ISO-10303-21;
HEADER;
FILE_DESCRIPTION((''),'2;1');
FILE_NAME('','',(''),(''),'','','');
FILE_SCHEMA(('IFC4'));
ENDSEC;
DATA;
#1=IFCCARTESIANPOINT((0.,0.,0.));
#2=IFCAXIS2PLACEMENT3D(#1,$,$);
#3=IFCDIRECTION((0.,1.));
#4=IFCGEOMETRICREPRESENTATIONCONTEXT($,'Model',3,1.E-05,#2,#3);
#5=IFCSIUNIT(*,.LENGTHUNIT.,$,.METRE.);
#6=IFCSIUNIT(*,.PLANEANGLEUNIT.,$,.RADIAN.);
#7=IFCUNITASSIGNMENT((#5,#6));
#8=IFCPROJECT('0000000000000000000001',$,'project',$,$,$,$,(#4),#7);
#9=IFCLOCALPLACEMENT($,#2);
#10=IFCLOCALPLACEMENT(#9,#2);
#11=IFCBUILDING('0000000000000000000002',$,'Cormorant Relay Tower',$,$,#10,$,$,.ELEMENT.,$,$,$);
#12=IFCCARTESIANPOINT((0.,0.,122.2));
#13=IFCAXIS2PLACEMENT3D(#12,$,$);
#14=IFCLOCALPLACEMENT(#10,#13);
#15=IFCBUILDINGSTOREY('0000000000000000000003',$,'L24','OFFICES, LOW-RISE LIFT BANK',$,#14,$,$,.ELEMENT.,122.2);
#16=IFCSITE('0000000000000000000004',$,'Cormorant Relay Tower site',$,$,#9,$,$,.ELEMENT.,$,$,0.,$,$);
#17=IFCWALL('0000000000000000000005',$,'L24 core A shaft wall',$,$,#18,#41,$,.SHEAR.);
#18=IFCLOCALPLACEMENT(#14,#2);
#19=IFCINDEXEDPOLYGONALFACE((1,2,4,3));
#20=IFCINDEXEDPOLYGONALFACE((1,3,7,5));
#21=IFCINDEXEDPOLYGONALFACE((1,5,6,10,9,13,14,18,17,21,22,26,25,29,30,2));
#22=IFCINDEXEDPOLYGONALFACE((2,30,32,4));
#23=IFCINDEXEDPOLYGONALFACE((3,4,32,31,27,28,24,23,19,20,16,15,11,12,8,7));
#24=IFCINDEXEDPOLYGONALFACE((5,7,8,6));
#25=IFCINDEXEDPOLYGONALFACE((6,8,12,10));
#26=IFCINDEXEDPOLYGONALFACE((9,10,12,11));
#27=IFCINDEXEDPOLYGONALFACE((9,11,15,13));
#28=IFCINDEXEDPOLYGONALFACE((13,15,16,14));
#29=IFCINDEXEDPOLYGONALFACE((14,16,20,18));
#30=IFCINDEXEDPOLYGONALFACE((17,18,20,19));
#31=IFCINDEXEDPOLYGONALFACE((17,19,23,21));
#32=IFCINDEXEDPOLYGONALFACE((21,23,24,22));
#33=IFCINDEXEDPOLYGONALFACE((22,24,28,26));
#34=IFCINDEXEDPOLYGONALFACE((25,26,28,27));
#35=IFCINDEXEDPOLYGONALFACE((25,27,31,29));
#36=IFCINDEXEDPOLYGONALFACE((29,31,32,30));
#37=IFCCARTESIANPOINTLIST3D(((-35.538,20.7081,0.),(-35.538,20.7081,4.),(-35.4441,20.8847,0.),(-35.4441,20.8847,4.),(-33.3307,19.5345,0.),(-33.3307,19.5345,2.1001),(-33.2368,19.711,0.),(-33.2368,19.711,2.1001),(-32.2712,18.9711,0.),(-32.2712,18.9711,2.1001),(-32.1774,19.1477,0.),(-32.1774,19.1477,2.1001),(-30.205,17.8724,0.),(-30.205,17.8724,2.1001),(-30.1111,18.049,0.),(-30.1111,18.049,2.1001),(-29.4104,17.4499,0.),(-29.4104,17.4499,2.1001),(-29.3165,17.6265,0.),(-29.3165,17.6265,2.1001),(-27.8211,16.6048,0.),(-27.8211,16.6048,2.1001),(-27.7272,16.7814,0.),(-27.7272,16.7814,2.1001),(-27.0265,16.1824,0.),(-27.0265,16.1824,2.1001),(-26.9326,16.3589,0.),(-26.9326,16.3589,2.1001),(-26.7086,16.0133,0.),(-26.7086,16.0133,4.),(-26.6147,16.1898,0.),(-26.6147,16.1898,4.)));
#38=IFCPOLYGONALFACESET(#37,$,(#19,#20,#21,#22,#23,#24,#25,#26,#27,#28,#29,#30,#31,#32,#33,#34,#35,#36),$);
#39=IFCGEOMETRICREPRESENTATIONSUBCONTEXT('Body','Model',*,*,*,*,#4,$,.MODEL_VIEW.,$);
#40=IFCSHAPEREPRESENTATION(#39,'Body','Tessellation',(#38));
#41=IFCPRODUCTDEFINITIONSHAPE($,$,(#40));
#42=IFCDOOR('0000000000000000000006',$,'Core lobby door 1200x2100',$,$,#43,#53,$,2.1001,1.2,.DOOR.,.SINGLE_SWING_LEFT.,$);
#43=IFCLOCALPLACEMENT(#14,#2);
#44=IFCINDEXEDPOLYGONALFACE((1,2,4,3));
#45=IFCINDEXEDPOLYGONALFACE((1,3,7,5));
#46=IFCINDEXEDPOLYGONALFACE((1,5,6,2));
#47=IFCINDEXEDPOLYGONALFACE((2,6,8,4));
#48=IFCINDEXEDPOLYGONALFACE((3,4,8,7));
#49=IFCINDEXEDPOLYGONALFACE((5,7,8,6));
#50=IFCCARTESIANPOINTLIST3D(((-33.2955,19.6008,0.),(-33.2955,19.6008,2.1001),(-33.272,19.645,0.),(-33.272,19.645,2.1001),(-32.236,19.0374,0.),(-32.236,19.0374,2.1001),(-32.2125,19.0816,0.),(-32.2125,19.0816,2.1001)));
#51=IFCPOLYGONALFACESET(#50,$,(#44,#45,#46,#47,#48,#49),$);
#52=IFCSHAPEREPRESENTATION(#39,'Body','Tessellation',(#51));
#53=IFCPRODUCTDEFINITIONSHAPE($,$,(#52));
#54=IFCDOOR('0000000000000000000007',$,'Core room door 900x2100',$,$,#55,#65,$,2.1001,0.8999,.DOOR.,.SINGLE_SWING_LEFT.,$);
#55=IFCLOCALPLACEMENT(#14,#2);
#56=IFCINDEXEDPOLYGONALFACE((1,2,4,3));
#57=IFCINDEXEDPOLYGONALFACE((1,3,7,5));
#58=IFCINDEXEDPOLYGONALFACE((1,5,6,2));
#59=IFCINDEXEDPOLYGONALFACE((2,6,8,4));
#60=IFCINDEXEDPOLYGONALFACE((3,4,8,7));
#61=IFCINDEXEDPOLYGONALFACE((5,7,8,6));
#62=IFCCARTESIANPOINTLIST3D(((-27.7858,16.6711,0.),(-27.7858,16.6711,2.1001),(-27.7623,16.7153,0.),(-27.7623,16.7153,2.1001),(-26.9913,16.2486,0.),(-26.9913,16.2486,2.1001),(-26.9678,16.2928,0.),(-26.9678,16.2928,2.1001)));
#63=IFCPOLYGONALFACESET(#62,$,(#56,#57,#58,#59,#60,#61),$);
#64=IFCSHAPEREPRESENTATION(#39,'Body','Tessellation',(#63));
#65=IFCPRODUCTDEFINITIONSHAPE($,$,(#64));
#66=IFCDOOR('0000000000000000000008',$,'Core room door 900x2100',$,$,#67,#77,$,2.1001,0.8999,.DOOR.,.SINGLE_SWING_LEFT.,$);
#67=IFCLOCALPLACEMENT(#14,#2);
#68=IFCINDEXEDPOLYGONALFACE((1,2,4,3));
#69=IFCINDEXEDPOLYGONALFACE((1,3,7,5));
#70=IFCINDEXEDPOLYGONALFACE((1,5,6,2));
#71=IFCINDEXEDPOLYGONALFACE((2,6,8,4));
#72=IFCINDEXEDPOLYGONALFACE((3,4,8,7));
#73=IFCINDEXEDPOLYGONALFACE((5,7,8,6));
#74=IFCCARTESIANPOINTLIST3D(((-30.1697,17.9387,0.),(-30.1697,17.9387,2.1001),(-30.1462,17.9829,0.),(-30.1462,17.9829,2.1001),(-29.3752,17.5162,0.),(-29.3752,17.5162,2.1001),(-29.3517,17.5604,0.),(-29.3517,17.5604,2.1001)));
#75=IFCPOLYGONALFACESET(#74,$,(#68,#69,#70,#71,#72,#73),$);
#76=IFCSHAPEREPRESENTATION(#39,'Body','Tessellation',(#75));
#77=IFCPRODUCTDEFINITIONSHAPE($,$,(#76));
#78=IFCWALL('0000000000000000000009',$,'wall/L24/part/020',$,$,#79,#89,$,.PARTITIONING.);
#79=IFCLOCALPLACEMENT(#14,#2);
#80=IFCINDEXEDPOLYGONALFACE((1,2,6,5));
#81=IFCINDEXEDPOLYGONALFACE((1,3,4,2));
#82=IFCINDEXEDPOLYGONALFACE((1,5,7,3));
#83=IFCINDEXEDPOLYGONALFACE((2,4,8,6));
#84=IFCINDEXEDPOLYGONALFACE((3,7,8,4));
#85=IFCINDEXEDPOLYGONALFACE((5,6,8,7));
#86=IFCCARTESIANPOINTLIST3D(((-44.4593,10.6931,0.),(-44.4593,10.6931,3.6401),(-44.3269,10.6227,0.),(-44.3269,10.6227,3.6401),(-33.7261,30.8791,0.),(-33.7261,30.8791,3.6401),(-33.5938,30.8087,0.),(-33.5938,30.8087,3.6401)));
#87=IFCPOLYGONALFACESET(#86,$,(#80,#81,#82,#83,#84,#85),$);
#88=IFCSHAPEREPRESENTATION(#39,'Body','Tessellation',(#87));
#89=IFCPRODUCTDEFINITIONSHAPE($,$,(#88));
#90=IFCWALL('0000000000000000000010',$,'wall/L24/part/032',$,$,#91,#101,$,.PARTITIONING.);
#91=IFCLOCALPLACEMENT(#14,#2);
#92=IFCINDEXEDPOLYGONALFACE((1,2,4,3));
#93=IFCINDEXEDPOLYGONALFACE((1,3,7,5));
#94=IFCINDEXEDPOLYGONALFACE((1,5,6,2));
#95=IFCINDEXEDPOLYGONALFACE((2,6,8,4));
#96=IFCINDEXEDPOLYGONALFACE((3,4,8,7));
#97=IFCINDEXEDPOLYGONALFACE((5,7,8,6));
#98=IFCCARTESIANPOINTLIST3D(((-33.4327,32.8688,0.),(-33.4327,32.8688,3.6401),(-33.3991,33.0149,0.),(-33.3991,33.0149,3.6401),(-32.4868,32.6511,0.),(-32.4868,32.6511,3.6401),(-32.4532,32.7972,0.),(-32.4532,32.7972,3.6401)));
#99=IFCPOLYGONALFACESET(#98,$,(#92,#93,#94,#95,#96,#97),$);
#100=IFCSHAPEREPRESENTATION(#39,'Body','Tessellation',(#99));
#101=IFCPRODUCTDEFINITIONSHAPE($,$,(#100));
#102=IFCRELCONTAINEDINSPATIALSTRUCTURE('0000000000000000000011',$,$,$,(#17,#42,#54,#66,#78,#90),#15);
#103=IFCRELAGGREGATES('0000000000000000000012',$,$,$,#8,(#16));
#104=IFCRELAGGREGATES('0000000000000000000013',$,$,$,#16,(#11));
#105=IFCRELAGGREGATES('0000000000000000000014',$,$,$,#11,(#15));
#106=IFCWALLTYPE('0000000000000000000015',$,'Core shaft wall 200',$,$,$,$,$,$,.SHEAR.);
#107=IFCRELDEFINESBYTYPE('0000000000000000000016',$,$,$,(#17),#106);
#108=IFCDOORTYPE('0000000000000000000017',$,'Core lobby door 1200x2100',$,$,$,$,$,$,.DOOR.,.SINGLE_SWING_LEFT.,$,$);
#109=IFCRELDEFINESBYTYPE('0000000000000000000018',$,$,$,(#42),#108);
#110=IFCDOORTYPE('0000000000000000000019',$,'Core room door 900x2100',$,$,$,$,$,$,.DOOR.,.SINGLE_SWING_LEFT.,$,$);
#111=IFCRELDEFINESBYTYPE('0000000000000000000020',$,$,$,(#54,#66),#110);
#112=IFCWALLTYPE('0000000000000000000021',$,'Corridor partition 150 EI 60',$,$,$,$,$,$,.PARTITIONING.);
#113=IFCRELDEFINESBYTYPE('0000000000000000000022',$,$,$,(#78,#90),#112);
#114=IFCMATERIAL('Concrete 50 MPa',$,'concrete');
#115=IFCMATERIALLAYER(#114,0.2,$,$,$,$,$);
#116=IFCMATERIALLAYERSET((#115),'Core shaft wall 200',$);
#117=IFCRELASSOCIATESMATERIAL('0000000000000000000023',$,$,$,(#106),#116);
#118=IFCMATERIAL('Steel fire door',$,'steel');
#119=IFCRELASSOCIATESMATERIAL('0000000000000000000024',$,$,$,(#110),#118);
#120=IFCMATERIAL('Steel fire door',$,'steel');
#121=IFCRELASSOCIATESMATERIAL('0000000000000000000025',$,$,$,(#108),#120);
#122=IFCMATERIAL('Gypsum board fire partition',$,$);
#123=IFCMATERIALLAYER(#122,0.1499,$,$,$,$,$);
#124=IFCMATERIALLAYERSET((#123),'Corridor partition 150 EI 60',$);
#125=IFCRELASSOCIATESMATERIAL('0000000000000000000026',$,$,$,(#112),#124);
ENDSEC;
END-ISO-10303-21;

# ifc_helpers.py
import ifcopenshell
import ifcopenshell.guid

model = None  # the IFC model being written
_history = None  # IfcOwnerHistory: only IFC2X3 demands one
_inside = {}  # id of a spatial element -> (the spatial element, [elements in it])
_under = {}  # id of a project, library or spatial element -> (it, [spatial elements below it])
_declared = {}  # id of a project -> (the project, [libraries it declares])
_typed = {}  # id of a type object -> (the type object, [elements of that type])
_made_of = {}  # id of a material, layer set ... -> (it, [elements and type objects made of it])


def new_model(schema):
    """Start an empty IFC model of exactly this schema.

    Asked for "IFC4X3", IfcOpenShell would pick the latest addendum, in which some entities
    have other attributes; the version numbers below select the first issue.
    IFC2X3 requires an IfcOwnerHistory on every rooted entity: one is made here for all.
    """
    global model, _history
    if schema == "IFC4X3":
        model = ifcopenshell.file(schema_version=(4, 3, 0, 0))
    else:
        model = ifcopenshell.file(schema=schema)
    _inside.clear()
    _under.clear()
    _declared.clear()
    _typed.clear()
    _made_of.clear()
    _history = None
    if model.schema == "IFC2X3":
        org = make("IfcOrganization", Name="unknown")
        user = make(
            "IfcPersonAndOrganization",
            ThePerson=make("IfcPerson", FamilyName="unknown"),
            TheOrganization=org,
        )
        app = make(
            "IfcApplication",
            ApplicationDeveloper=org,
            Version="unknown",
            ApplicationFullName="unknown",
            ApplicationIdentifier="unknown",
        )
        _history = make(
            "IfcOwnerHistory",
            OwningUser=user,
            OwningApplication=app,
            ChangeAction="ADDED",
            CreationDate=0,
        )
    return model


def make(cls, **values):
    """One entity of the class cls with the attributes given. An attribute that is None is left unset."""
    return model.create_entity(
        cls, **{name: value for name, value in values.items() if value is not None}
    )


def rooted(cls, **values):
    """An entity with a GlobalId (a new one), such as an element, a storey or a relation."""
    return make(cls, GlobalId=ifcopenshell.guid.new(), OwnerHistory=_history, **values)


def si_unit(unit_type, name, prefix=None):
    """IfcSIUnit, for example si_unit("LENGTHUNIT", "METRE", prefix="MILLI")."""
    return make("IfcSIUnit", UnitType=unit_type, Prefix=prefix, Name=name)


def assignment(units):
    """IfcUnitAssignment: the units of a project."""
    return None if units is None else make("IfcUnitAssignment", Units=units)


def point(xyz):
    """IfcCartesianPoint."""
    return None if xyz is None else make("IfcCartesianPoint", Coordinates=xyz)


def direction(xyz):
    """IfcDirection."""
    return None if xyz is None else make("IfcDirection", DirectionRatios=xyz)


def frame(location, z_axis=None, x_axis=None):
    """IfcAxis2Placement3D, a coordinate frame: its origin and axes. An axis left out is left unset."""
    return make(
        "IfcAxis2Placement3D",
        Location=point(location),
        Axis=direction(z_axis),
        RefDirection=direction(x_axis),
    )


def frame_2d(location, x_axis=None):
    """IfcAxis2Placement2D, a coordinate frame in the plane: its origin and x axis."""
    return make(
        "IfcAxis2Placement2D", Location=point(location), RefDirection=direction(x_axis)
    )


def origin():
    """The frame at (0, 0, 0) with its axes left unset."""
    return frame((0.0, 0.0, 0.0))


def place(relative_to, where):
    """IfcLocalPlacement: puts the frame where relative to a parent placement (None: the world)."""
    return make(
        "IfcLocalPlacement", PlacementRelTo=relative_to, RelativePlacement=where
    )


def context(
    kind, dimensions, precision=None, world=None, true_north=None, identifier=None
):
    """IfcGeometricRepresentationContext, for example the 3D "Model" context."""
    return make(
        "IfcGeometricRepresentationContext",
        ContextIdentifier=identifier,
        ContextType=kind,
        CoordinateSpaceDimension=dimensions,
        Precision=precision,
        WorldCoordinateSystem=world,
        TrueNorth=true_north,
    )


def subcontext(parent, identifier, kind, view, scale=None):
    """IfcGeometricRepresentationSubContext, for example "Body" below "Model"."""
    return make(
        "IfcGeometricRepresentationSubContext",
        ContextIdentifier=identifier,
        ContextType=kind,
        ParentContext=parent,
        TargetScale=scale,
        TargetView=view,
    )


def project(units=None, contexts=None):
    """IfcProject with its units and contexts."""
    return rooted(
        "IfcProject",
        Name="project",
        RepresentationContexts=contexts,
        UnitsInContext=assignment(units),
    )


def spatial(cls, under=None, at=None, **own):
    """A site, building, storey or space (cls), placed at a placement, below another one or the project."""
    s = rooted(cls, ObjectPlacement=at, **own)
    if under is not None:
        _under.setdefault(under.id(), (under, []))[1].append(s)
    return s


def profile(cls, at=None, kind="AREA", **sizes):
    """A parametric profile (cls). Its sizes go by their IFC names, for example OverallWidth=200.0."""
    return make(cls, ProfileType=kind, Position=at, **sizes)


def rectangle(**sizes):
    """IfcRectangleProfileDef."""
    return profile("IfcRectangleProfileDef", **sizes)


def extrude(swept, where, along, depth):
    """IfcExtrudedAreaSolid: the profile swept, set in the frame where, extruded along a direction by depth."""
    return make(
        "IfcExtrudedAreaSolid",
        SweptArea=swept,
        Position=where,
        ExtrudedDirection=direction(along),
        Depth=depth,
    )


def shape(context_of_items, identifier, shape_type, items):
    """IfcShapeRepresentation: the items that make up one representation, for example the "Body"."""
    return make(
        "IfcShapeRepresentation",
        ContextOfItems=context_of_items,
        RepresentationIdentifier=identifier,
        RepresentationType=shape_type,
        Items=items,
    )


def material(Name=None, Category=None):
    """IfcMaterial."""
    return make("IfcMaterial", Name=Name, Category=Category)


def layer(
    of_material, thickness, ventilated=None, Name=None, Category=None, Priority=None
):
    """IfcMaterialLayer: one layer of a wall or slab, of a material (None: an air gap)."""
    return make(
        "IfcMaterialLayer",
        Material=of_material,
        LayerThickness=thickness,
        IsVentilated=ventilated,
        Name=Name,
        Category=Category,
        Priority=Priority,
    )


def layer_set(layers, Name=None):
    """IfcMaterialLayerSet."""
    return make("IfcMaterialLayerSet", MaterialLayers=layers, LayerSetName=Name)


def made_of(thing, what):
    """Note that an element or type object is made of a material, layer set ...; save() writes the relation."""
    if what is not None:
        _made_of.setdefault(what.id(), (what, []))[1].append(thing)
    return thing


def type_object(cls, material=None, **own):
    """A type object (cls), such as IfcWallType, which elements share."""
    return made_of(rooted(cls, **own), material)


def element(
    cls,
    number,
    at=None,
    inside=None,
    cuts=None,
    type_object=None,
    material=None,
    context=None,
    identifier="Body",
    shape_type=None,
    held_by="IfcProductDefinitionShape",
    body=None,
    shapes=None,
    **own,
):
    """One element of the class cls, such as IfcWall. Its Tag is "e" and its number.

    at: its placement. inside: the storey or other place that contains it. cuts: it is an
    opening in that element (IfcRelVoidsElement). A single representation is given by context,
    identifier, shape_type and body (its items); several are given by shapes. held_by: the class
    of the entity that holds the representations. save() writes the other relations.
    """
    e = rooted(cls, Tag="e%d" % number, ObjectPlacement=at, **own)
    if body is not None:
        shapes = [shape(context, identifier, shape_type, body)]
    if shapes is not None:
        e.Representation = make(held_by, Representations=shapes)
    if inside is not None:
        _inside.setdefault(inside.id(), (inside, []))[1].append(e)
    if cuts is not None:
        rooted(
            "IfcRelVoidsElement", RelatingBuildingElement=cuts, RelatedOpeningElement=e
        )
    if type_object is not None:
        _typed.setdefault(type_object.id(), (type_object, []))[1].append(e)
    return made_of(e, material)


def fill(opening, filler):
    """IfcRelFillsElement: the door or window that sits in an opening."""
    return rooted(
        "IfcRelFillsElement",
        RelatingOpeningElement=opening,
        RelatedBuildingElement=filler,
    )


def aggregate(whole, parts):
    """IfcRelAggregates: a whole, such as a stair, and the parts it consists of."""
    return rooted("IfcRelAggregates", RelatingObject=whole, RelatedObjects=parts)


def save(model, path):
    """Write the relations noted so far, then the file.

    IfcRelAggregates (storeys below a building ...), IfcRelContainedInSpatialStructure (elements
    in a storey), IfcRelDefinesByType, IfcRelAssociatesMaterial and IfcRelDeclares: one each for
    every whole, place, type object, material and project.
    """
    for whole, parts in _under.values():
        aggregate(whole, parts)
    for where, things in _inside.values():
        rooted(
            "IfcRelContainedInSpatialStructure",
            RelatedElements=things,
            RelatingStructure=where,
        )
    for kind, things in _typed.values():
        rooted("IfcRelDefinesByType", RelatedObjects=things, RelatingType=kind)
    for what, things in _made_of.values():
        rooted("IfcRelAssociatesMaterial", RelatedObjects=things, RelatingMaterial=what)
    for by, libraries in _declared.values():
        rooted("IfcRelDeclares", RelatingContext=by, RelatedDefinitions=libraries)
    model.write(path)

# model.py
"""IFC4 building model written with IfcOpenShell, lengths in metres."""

from ifc_helpers import new_model, si_unit, direction, frame, frame_2d, origin, place, context, subcontext, project, spatial, rectangle, extrude, material, layer, layer_set, type_object, element, fill, save


model = new_model("IFC4")

# Units and contexts
model_context = context("Model", 3, precision=1e-05, world=origin(), true_north=direction((0.0, 1.0)))
body_context = subcontext(model_context, "Body", "Model", "MODEL_VIEW")
ifc_project = project(units=[si_unit("LENGTHUNIT", "METRE"), si_unit("PLANEANGLEUNIT", "RADIAN")], contexts=[model_context])

# Site, building, storey
site_placement = place(None, origin())
site = spatial("IfcSite", under=ifc_project, at=site_placement, Name="Cormorant Relay Tower site", CompositionType="ELEMENT", RefElevation=0.0)
building_placement = place(site_placement, origin())
building = spatial("IfcBuilding", under=site, at=building_placement, Name="Cormorant Relay Tower", CompositionType="ELEMENT")
storey_placement = place(building_placement, frame((0.0, 0.0, 122.2)))
storey = spatial("IfcBuildingStorey", under=building, at=storey_placement, Name="L24", Description="OFFICES, LOW-RISE LIFT BANK", CompositionType="ELEMENT", Elevation=122.2)

# Shared definitions
ifc_material_1 = material(Name="Concrete 50 MPa", Category="concrete")
ifc_layer_1 = layer(ifc_material_1, 0.2)
ifc_layer_set_1 = layer_set([ifc_layer_1], Name="Core shaft wall 200")
wall_type_1 = type_object("IfcWallType", Name="Core shaft wall 200", PredefinedType="SHEAR", material=ifc_layer_set_1)
ifc_material_2 = material(Name="Steel fire door", Category="steel")
door_type_1 = type_object("IfcDoorType", Name="Core room door 900x2100", OperationType="SINGLE_SWING_LEFT", PredefinedType="DOOR", material=ifc_material_2)

# Wall, openings, doors
wall_1_placement = place(storey_placement, frame((-26.6616, 16.1016, 0.0), z_axis=(0.0, 0.0, 1.0), x_axis=(-0.88294, 0.469485, 0.0)))
wall_1 = element("IfcWall", 1, at=wall_1_placement, inside=storey, type_object=wall_type_1, Name="L24 core A shaft wall", PredefinedType="SHEAR", context=body_context, shape_type="SweptSolid", body=[
    extrude(rectangle(XDim=10.0, YDim=0.2, at=frame_2d((5.0, 0.0))), origin(), (0.0, 0.0, 1.0), 4.0),
])
opening_1_placement = place(wall_1_placement, frame((6.3, 0.0, 0.0)))
opening_1 = element("IfcOpeningElement", 2, at=opening_1_placement, cuts=wall_1, PredefinedType="OPENING", context=body_context, shape_type="SweptSolid", body=[
    extrude(rectangle(XDim=1.2, YDim=2.1001, at=frame_2d((0.6001, 1.05))), frame((0.0, 0.1099, 0.0), z_axis=(0.0, -1.0, 0.0), x_axis=(1.0, 0.0, 0.0)), (0.0, 0.0, 1.0), 0.22),
])
opening_2_placement = place(wall_1_placement, frame((0.3601, 0.0, 0.0)))
opening_2 = element("IfcOpeningElement", 3, at=opening_2_placement, cuts=wall_1, PredefinedType="OPENING", context=body_context, shape_type="SweptSolid", body=[
    extrude(rectangle(XDim=0.8999, YDim=2.1001, at=frame_2d((0.45, 1.05))), frame((0.0, 0.1099, 0.0), z_axis=(0.0, -1.0, 0.0), x_axis=(1.0, 0.0, 0.0)), (0.0, 0.0, 1.0), 0.22),
])
opening_3_placement = place(wall_1_placement, frame((3.0601, 0.0, 0.0)))
opening_3 = element("IfcOpeningElement", 4, at=opening_3_placement, cuts=wall_1, PredefinedType="OPENING", context=body_context, shape_type="SweptSolid", body=[
    extrude(rectangle(XDim=0.8999, YDim=2.1001, at=frame_2d((0.45, 1.05))), frame((0.0, 0.1099, 0.0), z_axis=(0.0, -1.0, 0.0), x_axis=(1.0, 0.0, 0.0)), (0.0, 0.0, 1.0), 0.22),
])
ifc_material_3 = material(Name="Steel fire door", Category="steel")
door_type_2 = type_object("IfcDoorType", Name="Core lobby door 1200x2100", OperationType="SINGLE_SWING_LEFT", PredefinedType="DOOR", material=ifc_material_3)
door_1_placement = place(opening_1_placement, origin())
door_1 = element("IfcDoor", 5, at=door_1_placement, inside=storey, type_object=door_type_2, Name="Core lobby door 1200x2100", OperationType="SINGLE_SWING_LEFT", OverallHeight=2.1001, OverallWidth=1.2, PredefinedType="DOOR", context=body_context, shape_type="SweptSolid", body=[
    extrude(rectangle(XDim=1.2, YDim=2.1001, at=frame_2d((0.6001, 1.05))), frame((0.0, 0.0249, 0.0), z_axis=(0.0, -1.0, 0.0), x_axis=(1.0, 0.0, 0.0)), (0.0, 0.0, 1.0), 0.05),
])
fill(opening_1, door_1)
door_2_placement = place(opening_2_placement, origin())
door_2 = element("IfcDoor", 6, at=door_2_placement, inside=storey, type_object=door_type_1, Name="Core room door 900x2100", OperationType="SINGLE_SWING_LEFT", OverallHeight=2.1001, OverallWidth=0.8999, PredefinedType="DOOR", context=body_context, shape_type="SweptSolid", body=[
    extrude(rectangle(XDim=0.8999, YDim=2.1001, at=frame_2d((0.45, 1.05))), frame((0.0, 0.0249, 0.0), z_axis=(0.0, -1.0, 0.0), x_axis=(1.0, 0.0, 0.0)), (0.0, 0.0, 1.0), 0.05),
])
fill(opening_2, door_2)
door_3_placement = place(opening_3_placement, origin())
door_3 = element("IfcDoor", 7, at=door_3_placement, inside=storey, type_object=door_type_1, Name="Core room door 900x2100", OperationType="SINGLE_SWING_LEFT", OverallHeight=2.1001, OverallWidth=0.8999, PredefinedType="DOOR", context=body_context, shape_type="SweptSolid", body=[
    extrude(rectangle(XDim=0.8999, YDim=2.1001, at=frame_2d((0.45, 1.05))), frame((0.0, 0.0249, 0.0), z_axis=(0.0, -1.0, 0.0), x_axis=(1.0, 0.0, 0.0)), (0.0, 0.0, 1.0), 0.05),
])
fill(opening_3, door_3)

# Walls
ifc_material_4 = material(Name="Gypsum board fire partition")
ifc_layer_2 = layer(ifc_material_4, 0.1499)
ifc_layer_set_2 = layer_set([ifc_layer_2], Name="Corridor partition 150 EI 60")
wall_type_2 = type_object("IfcWallType", Name="Corridor partition 150 EI 60", PredefinedType="PARTITIONING", material=ifc_layer_set_2)
wall_2_placement = place(storey_placement, frame((-33.6599, 30.844, 0.0), z_axis=(0.0, 0.0, 1.0), x_axis=(-0.469473, -0.882947, 0.0)))
element("IfcWall", 8, at=wall_2_placement, inside=storey, type_object=wall_type_2, Name="wall/L24/part/020", PredefinedType="PARTITIONING", context=body_context, shape_type="SweptSolid", body=[
    extrude(rectangle(XDim=22.8621, YDim=0.1499, at=frame_2d((11.4312, 0.0))), origin(), (0.0, 0.0, 1.0), 3.6401),
])
wall_3_placement = place(storey_placement, frame((-32.47, 32.7241, 0.0), z_axis=(0.0, 0.0, 1.0), x_axis=(-0.974514, 0.224327, 0.0)))
element("IfcWall", 9, at=wall_3_placement, inside=storey, type_object=wall_type_2, Name="wall/L24/part/032", PredefinedType="PARTITIONING", context=body_context, shape_type="SweptSolid", body=[
    extrude(rectangle(XDim=0.9707, YDim=0.1499, at=frame_2d((0.4854, 0.0))), origin(), (0.0, 0.0, 1.0), 3.6401),
])

save(model, "model.ifc")
